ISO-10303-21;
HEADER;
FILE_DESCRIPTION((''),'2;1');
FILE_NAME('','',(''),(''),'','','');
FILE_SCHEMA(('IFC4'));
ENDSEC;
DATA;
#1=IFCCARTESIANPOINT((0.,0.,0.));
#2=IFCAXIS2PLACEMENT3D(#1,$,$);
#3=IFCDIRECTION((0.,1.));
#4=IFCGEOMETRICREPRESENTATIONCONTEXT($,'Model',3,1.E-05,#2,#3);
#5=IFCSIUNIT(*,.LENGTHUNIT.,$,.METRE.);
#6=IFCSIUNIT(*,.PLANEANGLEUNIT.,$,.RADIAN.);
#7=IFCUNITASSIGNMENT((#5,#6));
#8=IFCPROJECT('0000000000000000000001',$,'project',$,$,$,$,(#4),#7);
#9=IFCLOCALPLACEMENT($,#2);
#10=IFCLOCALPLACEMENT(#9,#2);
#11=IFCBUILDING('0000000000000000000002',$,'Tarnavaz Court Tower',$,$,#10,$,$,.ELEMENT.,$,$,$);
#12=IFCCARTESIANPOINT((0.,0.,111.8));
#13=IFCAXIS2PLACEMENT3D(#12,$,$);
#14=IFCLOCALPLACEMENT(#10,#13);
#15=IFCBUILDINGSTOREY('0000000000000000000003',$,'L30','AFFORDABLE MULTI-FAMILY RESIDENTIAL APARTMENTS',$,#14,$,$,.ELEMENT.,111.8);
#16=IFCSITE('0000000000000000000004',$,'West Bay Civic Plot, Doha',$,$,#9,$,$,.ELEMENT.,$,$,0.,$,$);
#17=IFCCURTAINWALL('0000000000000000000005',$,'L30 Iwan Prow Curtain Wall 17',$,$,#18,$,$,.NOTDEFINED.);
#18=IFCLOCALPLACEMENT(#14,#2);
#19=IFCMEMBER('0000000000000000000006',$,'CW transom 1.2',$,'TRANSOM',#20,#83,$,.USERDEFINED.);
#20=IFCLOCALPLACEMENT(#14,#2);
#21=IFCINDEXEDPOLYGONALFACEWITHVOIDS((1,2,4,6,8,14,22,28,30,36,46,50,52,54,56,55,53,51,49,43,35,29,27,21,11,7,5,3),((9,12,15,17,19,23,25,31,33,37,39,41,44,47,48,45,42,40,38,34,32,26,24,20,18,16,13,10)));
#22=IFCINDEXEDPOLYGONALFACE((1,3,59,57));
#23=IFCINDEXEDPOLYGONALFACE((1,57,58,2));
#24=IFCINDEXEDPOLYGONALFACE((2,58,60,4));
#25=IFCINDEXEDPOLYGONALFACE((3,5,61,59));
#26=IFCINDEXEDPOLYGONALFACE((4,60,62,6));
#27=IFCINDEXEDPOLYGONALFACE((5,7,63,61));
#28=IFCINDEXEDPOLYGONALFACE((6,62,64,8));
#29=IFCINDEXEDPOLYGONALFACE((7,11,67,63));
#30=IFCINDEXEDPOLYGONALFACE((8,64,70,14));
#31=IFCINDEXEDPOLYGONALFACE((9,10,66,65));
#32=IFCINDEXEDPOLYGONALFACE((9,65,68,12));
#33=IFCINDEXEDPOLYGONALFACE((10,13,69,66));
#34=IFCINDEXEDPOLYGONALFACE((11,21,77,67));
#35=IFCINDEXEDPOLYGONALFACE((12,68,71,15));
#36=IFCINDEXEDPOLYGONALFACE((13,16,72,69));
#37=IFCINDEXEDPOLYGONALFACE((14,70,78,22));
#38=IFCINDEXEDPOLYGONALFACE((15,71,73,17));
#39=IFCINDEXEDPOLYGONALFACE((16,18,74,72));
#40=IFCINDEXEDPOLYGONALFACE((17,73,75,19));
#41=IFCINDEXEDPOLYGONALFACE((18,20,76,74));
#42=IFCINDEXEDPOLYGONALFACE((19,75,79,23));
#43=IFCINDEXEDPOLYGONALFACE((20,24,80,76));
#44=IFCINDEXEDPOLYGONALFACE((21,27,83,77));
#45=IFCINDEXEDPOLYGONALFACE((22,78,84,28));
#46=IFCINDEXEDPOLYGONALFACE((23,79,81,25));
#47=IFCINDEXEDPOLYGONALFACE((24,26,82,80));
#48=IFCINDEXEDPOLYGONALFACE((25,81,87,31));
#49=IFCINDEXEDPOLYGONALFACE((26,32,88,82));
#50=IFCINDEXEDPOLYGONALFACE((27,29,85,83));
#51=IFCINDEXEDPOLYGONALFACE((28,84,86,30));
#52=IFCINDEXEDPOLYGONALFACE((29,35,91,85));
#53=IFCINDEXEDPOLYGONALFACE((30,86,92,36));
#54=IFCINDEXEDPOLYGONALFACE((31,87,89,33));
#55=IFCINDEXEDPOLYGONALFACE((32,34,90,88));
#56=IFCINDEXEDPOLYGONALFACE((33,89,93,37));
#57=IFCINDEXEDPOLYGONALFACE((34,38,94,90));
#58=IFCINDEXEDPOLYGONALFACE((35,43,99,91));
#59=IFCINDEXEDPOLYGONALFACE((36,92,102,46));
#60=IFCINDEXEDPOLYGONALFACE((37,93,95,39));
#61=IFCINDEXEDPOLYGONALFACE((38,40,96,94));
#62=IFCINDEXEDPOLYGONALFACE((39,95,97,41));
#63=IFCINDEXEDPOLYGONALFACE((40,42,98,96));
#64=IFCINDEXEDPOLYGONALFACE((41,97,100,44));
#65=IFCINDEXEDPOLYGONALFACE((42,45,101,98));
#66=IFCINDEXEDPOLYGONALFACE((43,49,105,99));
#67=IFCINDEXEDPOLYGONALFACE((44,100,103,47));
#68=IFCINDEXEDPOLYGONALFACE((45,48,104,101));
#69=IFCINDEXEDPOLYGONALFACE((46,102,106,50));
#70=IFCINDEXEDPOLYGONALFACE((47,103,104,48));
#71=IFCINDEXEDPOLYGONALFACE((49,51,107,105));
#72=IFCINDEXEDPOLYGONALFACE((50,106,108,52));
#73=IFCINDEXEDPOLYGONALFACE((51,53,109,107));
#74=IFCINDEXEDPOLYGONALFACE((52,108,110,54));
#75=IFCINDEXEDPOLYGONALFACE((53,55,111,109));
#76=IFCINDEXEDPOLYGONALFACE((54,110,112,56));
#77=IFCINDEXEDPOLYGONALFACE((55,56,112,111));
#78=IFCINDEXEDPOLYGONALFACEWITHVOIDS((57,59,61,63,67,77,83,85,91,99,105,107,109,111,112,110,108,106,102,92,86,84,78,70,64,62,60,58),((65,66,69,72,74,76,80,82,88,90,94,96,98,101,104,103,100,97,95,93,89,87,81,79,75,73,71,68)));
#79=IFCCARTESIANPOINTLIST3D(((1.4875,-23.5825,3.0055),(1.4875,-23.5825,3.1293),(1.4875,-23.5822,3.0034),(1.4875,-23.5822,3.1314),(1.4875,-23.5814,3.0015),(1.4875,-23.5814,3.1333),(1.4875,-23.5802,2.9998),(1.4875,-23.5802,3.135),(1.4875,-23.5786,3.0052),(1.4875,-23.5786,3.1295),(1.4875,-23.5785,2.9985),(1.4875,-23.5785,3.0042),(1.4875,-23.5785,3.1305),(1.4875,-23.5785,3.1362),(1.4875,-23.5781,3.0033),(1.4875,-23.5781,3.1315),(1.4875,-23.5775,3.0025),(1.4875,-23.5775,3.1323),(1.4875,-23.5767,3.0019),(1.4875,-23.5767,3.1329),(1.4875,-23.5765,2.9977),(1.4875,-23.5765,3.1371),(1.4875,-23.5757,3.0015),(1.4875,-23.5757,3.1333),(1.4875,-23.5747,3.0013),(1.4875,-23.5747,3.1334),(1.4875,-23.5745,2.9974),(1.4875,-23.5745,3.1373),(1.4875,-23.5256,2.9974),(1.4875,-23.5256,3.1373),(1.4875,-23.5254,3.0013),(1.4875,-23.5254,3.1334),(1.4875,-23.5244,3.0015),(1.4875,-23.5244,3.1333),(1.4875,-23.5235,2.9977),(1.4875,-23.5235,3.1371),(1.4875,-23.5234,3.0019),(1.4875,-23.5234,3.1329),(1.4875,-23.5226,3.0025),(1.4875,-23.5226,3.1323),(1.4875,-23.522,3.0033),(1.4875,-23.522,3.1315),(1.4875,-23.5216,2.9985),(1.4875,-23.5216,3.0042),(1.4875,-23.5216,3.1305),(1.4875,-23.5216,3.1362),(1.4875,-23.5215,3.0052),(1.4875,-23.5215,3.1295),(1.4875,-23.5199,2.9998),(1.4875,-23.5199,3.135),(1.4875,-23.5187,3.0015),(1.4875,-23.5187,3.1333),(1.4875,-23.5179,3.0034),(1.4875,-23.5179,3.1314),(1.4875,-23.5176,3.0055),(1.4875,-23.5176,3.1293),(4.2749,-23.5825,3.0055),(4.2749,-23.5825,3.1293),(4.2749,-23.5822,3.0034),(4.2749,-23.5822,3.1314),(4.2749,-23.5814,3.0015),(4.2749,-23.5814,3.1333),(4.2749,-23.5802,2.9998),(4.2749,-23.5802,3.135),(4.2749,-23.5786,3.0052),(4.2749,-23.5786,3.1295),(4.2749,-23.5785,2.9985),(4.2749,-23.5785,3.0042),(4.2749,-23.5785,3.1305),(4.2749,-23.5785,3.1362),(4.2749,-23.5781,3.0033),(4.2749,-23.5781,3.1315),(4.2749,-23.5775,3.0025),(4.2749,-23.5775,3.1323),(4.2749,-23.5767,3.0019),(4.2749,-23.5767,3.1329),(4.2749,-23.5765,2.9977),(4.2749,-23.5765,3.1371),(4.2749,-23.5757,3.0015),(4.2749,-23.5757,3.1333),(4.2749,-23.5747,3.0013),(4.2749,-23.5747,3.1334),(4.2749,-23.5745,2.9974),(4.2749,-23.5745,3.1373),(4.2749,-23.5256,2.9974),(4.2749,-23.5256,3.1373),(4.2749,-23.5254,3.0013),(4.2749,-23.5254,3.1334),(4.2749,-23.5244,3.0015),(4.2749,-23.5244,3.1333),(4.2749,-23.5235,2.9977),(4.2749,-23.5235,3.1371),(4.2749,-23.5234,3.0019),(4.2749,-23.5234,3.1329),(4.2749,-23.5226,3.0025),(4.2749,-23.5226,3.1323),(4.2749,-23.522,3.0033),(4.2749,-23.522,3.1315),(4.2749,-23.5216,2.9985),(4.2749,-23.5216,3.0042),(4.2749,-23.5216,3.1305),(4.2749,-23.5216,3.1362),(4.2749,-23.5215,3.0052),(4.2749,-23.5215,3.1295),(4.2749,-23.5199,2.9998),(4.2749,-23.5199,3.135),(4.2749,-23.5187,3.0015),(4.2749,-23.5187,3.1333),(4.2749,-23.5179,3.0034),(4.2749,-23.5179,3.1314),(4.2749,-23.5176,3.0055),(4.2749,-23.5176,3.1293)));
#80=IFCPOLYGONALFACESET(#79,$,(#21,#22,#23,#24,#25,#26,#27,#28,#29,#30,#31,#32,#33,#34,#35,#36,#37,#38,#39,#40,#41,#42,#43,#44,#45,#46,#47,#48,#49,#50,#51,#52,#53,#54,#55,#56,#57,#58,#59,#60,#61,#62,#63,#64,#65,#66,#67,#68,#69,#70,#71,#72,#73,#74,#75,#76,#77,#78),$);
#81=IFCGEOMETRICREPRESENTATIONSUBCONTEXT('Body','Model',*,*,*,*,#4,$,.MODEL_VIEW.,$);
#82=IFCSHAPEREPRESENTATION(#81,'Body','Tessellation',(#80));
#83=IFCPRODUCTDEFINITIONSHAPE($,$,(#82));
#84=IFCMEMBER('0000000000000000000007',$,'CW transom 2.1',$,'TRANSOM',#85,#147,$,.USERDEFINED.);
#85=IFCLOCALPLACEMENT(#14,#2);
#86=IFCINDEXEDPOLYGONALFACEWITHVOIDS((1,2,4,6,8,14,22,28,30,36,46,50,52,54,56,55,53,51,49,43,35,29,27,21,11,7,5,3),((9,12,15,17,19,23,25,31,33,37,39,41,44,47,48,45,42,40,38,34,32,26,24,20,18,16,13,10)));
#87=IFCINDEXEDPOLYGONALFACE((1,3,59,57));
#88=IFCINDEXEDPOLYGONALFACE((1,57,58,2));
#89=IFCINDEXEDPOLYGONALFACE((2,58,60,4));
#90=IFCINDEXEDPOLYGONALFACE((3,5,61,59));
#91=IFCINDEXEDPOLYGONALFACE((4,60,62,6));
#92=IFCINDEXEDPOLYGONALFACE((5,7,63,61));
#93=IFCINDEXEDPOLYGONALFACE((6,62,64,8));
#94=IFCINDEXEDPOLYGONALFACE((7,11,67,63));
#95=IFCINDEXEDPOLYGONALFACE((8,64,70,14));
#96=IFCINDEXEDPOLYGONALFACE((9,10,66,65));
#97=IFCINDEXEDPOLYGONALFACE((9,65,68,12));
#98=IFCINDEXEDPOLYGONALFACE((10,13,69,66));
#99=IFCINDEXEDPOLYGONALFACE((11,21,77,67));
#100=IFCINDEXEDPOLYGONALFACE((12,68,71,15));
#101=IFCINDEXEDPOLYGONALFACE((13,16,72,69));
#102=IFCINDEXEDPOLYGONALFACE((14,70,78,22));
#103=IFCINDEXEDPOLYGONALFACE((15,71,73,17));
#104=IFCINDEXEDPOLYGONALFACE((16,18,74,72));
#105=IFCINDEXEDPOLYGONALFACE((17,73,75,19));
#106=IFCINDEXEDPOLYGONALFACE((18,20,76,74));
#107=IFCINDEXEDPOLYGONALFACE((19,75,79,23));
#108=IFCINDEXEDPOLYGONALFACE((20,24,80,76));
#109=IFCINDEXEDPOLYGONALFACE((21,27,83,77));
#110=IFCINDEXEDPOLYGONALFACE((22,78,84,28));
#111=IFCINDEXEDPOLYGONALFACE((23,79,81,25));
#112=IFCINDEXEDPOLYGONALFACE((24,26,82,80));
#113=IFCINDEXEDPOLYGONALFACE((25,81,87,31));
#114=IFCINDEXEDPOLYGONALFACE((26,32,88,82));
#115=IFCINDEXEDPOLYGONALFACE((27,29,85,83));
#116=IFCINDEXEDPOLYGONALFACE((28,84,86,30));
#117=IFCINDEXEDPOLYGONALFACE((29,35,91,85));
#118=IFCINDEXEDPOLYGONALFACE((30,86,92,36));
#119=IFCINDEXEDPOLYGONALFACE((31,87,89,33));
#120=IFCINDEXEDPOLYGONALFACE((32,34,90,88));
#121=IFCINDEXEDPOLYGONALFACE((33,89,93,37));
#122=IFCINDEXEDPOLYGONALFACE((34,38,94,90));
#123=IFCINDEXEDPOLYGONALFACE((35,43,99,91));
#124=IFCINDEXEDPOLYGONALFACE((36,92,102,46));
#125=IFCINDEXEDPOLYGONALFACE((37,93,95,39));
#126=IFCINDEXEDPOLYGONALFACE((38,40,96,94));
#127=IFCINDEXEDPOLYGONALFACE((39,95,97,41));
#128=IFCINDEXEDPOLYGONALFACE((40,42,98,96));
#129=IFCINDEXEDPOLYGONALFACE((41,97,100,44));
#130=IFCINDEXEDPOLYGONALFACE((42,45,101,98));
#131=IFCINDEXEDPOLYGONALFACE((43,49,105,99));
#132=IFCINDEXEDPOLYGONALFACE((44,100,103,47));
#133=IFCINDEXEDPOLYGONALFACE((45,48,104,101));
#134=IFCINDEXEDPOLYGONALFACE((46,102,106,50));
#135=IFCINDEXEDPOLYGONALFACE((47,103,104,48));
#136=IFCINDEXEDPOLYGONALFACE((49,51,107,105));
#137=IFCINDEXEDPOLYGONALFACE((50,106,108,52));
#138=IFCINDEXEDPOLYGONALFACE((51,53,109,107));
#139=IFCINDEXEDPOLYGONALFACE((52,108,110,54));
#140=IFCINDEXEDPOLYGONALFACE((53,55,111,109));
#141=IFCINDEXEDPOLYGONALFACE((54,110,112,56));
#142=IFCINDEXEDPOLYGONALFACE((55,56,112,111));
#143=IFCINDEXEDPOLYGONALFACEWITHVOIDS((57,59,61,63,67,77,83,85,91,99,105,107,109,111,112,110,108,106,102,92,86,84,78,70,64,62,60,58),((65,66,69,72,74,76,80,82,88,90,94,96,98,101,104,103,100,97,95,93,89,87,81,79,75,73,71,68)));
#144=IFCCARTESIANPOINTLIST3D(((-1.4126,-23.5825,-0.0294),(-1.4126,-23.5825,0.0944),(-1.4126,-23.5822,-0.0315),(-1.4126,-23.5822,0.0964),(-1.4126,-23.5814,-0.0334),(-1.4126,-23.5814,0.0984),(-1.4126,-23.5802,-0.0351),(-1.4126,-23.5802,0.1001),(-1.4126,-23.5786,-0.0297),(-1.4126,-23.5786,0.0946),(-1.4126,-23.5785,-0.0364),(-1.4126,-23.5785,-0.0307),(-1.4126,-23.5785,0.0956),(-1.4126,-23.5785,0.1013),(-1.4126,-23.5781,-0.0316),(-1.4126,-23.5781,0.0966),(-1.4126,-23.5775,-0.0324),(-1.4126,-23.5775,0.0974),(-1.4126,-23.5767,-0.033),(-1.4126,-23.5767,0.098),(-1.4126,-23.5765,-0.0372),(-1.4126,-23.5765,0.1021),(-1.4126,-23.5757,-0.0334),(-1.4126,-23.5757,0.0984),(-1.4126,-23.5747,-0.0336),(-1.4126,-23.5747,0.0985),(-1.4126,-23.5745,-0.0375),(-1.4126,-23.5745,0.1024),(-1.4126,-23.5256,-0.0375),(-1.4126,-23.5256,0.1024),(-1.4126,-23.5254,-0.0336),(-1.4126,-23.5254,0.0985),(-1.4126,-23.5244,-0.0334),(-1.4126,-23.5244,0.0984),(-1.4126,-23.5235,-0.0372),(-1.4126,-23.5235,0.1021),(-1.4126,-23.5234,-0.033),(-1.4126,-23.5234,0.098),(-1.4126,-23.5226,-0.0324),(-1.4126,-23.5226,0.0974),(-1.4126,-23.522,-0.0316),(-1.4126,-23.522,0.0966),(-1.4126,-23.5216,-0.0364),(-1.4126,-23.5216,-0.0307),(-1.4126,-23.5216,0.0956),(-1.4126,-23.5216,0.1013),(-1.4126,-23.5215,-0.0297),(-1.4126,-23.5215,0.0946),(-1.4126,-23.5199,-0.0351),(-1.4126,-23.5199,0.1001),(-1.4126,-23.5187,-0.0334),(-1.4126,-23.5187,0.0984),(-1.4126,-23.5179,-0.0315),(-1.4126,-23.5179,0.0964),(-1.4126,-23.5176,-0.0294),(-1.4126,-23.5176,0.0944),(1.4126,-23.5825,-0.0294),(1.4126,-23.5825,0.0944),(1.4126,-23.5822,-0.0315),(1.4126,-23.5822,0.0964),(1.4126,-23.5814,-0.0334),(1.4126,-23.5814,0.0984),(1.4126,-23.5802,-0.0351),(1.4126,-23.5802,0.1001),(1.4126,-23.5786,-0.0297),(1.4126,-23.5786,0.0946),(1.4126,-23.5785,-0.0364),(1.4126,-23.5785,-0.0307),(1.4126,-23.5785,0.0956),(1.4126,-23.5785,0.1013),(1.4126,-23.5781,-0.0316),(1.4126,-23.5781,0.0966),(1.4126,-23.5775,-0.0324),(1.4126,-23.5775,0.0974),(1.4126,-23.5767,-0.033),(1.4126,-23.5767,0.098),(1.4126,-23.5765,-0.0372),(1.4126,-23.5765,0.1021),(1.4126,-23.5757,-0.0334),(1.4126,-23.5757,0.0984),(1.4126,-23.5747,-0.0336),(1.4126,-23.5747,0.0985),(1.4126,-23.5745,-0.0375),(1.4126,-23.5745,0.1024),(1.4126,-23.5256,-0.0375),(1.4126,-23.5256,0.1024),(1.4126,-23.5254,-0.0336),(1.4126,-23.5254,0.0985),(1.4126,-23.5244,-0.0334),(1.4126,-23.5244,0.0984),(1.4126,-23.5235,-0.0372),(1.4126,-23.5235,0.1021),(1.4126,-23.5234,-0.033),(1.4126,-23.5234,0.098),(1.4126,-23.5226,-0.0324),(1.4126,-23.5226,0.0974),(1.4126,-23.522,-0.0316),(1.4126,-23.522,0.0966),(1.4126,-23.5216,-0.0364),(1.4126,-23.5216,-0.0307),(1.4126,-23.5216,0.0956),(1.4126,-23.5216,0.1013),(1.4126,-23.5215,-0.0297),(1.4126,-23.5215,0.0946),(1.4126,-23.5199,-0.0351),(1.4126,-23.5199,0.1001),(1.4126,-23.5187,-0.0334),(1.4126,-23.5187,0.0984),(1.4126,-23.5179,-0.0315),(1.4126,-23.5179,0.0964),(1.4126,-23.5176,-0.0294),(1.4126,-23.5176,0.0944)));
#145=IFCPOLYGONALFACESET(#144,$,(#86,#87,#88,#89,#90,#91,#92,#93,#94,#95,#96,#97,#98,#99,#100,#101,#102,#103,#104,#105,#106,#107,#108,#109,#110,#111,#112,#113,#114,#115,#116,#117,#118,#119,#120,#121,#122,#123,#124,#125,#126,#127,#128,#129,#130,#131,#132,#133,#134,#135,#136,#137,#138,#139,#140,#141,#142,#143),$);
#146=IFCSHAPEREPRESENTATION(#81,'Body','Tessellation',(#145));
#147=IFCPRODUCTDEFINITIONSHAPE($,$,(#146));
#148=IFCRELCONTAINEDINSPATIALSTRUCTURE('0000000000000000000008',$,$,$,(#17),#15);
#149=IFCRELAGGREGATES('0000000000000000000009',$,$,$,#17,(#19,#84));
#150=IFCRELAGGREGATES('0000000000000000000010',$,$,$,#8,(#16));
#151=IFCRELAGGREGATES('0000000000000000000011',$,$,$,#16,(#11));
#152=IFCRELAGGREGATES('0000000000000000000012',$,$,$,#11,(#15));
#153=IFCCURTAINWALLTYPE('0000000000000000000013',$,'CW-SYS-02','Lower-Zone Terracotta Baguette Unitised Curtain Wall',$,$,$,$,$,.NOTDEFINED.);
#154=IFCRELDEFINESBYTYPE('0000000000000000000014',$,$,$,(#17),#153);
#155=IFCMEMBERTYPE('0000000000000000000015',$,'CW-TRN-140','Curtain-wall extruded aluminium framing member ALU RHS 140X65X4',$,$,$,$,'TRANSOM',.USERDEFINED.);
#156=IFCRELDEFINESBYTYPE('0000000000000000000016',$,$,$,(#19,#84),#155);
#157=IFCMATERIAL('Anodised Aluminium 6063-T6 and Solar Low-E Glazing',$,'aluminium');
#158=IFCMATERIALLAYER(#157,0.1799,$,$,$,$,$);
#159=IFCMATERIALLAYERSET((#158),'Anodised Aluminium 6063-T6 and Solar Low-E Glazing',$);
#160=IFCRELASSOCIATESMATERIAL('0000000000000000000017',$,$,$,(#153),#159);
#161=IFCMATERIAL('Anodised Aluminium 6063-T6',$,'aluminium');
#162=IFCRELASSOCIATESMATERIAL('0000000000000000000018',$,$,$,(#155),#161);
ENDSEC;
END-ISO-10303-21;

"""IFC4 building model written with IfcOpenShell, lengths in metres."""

from ifc_helpers import new_model, si_unit, direction, frame, origin, origin_2d, place, context, subcontext, project, spatial, hollow_rectangle, extrude, material, layer, layer_set, material_profile, profile_set, type_object, element, aggregate, save


model = new_model("IFC4")

# Units and contexts
model_context = context("Model", 3, precision=1e-05, world=origin(), true_north=direction((0.0, 1.0)))
body_context = subcontext(model_context, "Body", "Model", "MODEL_VIEW")
ifc_project = project(units=[si_unit("LENGTHUNIT", "METRE"), si_unit("PLANEANGLEUNIT", "RADIAN")], contexts=[model_context])

# Site, building, storey
site_placement = place(None, origin())
site = spatial("IfcSite", under=ifc_project, at=site_placement, Name="West Bay Civic Plot, Doha", CompositionType="ELEMENT", RefElevation=0.0)
building_placement = place(site_placement, origin())
building = spatial("IfcBuilding", under=site, at=building_placement, Name="Tarnavaz Court Tower", CompositionType="ELEMENT")
storey_placement = place(building_placement, frame((0.0, 0.0, 111.8)))
storey = spatial("IfcBuildingStorey", under=building, at=storey_placement, Name="L30", Description="AFFORDABLE MULTI-FAMILY RESIDENTIAL APARTMENTS", CompositionType="ELEMENT", Elevation=111.8)

# Curtain wall, members
ifc_material_1 = material(Name="Anodised Aluminium 6063-T6 and Solar Low-E Glazing", Category="aluminium")
ifc_layer_1 = layer(ifc_material_1, 0.1799)
ifc_layer_set_1 = layer_set([ifc_layer_1], Name="Anodised Aluminium 6063-T6 and Solar Low-E Glazing")
curtain_wall_type = type_object("IfcCurtainWallType", Name="CW-SYS-02", Description="Lower-Zone Terracotta Baguette Unitised Curtain Wall", PredefinedType="NOTDEFINED", material=ifc_layer_set_1)
curtain_wall_placement = place(storey_placement, origin())
curtain_wall = element("IfcCurtainWall", 1, at=curtain_wall_placement, inside=storey, type_object=curtain_wall_type, Name="L30 Iwan Prow Curtain Wall 17", PredefinedType="NOTDEFINED")
ifc_material_2 = material(Name="Anodised Aluminium 6063-T6", Category="aluminium")
ifc_material_profile_1 = material_profile(ifc_material_2, hollow_rectangle(XDim=0.0649, YDim=0.1399, WallThickness=0.0039, InnerFilletRadius=0.0039, OuterFilletRadius=0.0081, at=origin_2d()), Name="ALU RHS 140X65X4")
ifc_profile_set_1 = profile_set([ifc_material_profile_1], Name="Anodised Aluminium 6063-T6")
member_type_1 = type_object("IfcMemberType", Name="CW-TRN-140", Description="Curtain-wall extruded aluminium framing member ALU RHS 140X65X4", ElementType="TRANSOM", PredefinedType="USERDEFINED", material=ifc_profile_set_1)
member_1_placement = place(storey_placement, frame((4.2749, -23.55, 3.0674), z_axis=(-1.0, 0.0, 0.0), x_axis=(0.0, -1.0, 0.0)))
member_1 = element("IfcMember", 2, at=member_1_placement, type_object=member_type_1, Name="CW transom 1.2", ObjectType="TRANSOM", PredefinedType="USERDEFINED", context=body_context, shape_type="SweptSolid", body=[
    extrude(hollow_rectangle(XDim=0.0649, YDim=0.1399, WallThickness=0.0039, InnerFilletRadius=0.0039, OuterFilletRadius=0.0081, at=origin_2d()), origin(), (0.0, 0.0, 1.0), 2.7874),
])
member_2_placement = place(storey_placement, frame((1.4126, -23.55, 0.0325), z_axis=(-1.0, 0.0, 0.0), x_axis=(0.0, -1.0, 0.0)))
member_2 = element("IfcMember", 3, at=member_2_placement, type_object=member_type_1, Name="CW transom 2.1", ObjectType="TRANSOM", PredefinedType="USERDEFINED", context=body_context, shape_type="SweptSolid", body=[
    extrude(hollow_rectangle(XDim=0.0649, YDim=0.1399, WallThickness=0.0039, InnerFilletRadius=0.0039, OuterFilletRadius=0.0081, at=origin_2d()), origin(), (0.0, 0.0, 1.0), 2.8252),
])
aggregate(curtain_wall, [member_1, member_2])

save(model, "model.ifc")
